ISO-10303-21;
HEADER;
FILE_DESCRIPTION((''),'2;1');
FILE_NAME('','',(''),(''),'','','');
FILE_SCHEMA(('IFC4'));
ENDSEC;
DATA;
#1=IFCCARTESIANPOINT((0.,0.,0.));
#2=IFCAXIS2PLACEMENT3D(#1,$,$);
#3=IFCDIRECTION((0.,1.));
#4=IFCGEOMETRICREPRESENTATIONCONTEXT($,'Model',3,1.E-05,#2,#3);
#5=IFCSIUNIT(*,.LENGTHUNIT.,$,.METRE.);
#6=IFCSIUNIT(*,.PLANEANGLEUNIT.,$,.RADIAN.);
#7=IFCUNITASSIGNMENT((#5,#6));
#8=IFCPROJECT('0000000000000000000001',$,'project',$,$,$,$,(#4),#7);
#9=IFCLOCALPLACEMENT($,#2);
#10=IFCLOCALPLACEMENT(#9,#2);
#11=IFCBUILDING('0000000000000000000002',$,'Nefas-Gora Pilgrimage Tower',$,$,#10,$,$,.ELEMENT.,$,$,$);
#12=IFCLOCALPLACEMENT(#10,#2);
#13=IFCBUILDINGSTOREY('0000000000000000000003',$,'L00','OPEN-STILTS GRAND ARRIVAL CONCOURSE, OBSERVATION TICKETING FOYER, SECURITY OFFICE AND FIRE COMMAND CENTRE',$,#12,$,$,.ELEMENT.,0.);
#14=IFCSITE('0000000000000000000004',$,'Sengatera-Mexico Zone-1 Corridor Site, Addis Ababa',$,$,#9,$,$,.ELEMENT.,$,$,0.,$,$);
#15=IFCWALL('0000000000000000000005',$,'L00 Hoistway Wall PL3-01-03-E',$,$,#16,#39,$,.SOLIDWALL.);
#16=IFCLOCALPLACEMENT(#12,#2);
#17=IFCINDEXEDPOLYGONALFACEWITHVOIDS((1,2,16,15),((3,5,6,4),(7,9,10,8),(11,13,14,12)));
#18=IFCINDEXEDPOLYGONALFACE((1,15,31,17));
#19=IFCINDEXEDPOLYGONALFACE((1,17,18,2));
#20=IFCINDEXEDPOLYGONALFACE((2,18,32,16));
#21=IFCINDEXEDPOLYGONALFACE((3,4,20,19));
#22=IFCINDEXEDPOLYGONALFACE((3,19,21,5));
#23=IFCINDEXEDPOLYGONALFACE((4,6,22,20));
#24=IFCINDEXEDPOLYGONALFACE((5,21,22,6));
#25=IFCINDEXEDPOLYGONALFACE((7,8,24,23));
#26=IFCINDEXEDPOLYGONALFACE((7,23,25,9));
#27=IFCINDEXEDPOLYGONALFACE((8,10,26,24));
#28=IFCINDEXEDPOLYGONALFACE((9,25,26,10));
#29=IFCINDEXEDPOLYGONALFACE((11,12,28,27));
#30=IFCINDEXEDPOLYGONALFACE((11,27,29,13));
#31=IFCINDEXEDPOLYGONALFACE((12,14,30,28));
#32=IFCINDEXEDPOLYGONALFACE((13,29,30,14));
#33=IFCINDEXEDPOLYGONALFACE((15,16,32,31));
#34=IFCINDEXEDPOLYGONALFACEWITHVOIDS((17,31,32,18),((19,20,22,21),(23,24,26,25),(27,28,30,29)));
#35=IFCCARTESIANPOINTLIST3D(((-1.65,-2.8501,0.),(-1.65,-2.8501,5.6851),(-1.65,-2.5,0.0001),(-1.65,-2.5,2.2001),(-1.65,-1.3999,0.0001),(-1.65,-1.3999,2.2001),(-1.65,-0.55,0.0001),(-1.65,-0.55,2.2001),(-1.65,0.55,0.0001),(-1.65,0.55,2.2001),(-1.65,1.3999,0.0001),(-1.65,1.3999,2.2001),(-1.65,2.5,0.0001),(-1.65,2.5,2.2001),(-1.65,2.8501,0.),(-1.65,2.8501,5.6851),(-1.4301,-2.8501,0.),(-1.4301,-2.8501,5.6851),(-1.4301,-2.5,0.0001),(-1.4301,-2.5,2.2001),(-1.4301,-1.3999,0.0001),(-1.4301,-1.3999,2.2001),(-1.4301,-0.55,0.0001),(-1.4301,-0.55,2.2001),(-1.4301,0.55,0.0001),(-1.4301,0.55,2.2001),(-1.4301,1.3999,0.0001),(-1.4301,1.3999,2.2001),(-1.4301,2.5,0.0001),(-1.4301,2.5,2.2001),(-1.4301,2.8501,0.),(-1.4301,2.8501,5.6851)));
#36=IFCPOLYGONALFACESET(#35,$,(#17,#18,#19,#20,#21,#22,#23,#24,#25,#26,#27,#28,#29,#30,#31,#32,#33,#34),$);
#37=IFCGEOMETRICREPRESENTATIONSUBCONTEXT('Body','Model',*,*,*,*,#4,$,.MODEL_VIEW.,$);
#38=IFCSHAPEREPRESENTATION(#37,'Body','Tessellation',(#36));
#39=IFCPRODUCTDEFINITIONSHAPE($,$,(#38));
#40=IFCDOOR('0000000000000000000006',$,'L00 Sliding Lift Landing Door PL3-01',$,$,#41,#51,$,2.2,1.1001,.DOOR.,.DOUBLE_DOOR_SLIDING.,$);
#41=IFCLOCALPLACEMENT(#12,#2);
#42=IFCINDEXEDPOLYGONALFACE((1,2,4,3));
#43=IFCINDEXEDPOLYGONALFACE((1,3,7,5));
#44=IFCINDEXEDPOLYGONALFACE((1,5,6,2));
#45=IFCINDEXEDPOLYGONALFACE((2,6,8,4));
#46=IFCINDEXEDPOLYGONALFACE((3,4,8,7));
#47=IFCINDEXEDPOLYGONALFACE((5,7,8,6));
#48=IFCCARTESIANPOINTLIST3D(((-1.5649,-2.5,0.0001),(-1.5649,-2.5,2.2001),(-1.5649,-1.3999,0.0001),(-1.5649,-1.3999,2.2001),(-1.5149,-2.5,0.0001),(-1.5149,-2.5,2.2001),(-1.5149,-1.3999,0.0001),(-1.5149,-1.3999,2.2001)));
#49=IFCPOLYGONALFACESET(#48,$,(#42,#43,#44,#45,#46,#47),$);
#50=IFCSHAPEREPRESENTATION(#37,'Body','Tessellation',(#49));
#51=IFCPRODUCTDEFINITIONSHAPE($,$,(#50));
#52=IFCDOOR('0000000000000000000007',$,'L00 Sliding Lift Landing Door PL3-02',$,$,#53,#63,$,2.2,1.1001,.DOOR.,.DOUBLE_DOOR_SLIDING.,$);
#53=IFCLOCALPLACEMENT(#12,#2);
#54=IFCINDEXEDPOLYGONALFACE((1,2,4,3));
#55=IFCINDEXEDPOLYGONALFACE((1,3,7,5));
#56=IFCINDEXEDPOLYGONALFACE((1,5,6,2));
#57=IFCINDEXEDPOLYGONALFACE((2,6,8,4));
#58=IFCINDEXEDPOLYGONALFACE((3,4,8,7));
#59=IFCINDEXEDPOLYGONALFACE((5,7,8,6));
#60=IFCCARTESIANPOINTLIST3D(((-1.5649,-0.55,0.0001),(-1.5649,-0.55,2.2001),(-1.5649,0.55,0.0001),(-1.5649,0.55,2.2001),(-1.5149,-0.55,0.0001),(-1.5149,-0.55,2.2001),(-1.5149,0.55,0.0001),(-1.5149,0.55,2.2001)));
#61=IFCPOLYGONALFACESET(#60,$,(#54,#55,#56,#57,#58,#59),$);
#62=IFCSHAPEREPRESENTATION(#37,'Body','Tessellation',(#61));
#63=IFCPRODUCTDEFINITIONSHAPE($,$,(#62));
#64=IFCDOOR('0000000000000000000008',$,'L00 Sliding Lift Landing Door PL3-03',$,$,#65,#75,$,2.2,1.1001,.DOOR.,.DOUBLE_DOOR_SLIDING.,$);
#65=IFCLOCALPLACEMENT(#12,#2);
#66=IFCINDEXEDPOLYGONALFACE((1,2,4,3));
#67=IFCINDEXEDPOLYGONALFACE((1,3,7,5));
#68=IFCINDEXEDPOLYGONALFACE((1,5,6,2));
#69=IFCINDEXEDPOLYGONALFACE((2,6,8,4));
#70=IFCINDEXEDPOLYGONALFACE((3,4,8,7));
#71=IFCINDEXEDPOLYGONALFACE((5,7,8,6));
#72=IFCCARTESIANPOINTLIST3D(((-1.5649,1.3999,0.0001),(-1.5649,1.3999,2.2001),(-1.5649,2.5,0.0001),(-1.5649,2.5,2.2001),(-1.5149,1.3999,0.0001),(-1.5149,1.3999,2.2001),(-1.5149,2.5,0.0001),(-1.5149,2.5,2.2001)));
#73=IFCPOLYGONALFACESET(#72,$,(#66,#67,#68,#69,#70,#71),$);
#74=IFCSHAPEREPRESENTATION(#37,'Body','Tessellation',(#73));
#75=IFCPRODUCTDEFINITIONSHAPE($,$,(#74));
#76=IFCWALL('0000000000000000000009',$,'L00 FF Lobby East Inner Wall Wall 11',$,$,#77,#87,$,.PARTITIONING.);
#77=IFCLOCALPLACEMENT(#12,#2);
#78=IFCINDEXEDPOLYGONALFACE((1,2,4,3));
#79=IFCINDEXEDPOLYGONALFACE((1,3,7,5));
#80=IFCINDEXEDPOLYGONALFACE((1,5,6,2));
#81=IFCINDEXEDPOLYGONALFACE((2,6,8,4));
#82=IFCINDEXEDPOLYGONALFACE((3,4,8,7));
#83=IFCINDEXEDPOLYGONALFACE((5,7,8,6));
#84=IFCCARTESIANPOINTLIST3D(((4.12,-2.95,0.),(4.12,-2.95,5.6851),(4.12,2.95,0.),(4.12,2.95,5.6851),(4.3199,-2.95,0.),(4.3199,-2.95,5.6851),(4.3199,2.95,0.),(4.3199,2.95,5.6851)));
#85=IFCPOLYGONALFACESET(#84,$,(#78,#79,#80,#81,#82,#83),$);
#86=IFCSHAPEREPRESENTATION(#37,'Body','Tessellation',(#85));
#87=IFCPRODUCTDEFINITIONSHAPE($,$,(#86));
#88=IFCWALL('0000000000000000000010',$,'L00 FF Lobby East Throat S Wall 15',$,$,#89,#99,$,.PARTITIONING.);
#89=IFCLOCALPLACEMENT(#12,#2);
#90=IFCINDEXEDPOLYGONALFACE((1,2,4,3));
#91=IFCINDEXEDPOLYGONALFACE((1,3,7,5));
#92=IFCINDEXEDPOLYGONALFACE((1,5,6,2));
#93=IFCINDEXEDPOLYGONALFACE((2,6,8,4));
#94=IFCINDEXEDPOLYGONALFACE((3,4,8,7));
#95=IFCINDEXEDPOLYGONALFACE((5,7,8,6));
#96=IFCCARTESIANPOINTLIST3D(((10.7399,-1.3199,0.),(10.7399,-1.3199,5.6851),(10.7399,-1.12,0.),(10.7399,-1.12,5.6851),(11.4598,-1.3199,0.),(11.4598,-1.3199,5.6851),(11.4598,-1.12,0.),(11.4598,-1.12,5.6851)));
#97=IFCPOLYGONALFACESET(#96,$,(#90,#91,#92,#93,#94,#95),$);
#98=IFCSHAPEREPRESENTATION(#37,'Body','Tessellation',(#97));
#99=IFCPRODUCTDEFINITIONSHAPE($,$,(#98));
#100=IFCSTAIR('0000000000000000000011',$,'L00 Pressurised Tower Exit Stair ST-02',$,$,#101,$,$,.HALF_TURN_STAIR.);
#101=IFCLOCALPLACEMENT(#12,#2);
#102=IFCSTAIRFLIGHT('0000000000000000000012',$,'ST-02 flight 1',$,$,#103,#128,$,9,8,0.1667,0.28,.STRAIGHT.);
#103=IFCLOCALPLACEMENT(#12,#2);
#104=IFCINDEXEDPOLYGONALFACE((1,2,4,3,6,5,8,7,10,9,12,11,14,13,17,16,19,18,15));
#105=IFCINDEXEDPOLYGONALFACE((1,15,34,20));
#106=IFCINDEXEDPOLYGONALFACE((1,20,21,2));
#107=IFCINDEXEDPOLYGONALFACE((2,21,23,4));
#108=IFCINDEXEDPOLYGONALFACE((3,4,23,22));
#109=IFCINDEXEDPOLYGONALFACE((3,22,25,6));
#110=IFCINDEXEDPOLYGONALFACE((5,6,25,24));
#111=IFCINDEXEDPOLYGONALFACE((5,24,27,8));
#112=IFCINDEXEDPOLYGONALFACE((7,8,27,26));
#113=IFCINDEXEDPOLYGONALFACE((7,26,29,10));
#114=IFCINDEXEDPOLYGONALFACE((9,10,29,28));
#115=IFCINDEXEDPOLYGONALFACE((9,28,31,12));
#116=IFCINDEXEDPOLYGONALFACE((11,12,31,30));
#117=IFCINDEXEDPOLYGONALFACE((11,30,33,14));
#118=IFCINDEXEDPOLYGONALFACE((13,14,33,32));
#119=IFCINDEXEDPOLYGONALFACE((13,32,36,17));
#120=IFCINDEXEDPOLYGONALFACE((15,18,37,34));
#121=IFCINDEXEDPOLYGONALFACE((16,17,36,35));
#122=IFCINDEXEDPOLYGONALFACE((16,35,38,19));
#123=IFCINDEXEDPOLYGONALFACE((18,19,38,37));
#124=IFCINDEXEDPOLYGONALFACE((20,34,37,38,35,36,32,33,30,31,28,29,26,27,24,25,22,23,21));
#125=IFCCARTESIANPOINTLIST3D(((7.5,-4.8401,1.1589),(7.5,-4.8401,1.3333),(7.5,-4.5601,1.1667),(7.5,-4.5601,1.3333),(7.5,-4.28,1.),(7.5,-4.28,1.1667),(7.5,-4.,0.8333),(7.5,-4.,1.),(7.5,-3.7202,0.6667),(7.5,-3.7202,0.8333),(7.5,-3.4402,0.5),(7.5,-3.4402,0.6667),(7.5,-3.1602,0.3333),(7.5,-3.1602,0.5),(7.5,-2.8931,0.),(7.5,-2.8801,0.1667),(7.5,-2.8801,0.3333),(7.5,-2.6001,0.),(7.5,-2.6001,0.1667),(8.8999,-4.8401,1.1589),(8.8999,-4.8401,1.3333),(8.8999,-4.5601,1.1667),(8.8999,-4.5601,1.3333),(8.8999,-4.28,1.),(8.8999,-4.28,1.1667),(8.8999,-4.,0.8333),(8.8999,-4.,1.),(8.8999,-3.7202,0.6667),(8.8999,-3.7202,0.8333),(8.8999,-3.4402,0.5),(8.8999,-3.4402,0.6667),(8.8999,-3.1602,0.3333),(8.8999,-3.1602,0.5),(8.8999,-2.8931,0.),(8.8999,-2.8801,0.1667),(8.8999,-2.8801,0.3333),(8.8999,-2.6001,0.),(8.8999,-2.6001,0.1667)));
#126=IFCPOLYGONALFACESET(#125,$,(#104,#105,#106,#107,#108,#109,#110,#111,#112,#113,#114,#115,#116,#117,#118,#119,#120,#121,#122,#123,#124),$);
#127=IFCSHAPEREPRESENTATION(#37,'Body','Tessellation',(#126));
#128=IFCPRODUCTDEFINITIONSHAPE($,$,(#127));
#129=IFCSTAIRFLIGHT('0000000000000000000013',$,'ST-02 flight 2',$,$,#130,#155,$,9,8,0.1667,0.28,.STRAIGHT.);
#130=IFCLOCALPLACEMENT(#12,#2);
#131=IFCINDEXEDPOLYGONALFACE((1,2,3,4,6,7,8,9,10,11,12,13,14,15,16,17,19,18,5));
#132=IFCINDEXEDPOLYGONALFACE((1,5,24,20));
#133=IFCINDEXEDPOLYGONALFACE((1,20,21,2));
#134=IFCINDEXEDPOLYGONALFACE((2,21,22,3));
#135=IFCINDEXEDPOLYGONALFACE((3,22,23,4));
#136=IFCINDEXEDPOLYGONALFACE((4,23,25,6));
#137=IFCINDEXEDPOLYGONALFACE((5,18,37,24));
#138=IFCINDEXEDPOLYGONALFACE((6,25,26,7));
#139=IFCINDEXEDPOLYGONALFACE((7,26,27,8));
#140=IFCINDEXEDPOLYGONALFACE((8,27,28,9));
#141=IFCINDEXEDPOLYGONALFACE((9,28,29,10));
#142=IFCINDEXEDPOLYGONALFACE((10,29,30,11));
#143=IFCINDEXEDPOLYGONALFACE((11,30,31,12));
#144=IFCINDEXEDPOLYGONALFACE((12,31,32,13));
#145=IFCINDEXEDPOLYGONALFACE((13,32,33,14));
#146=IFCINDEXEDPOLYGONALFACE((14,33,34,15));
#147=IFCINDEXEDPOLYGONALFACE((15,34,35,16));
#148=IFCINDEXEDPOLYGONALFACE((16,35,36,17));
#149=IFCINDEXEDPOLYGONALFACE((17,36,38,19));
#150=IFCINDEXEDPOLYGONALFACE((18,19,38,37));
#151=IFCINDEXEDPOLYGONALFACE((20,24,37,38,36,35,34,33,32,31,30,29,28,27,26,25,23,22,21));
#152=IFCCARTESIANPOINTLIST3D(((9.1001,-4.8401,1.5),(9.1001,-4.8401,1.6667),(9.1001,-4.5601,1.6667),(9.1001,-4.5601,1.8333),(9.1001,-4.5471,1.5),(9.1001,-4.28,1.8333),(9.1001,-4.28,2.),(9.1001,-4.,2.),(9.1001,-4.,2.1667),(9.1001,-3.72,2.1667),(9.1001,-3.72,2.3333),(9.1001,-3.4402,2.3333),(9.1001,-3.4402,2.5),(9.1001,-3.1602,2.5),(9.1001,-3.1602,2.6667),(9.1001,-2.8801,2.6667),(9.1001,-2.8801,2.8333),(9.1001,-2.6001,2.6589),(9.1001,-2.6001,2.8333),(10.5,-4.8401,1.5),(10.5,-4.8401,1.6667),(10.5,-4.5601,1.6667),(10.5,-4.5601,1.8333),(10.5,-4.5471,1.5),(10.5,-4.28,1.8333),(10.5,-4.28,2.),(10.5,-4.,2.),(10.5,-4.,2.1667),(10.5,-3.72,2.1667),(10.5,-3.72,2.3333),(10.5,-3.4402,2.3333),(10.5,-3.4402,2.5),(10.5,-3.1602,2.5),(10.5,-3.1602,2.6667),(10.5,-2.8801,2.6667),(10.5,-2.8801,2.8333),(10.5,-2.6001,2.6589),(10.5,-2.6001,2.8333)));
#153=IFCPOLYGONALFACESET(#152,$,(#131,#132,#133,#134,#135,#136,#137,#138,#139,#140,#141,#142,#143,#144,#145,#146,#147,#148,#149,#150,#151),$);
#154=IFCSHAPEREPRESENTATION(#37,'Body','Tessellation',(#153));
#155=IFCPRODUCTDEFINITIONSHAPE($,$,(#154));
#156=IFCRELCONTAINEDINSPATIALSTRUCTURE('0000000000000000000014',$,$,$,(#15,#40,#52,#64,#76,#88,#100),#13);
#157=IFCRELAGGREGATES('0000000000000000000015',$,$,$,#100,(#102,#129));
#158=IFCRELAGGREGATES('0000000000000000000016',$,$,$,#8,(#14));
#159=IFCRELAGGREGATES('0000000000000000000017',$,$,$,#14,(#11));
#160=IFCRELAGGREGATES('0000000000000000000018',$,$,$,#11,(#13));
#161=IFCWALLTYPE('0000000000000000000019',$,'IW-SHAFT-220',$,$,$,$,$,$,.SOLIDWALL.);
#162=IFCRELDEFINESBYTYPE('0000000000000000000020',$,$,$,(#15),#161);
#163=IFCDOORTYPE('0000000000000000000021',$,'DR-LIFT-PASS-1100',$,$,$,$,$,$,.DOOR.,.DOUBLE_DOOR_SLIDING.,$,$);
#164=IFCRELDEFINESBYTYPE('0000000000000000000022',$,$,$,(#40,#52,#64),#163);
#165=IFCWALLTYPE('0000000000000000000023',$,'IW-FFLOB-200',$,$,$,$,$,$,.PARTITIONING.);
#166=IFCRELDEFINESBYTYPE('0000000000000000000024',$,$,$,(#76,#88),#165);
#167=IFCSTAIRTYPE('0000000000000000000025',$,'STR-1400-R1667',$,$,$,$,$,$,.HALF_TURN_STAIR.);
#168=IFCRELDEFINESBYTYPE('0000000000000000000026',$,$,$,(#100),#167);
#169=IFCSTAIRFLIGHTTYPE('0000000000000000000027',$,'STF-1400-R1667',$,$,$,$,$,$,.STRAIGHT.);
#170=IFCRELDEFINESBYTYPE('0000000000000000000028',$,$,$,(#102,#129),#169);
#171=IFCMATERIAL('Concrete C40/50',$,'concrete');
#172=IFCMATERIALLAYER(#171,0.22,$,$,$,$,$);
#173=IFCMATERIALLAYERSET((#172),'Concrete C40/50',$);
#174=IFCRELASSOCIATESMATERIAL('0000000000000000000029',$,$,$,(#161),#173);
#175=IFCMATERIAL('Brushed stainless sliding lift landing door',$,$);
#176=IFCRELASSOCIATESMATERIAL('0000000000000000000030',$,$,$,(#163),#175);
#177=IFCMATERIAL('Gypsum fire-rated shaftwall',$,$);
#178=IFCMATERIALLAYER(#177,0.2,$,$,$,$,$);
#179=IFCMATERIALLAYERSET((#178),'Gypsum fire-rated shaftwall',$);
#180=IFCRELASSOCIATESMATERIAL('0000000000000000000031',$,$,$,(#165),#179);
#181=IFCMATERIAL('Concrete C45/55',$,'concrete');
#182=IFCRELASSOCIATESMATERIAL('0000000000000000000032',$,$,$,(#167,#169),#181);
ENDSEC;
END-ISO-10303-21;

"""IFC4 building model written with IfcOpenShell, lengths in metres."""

from ifc_helpers import new_model, si_unit, direction, frame, frame_2d, origin, place, context, subcontext, project, spatial, polyline, rectangle, outline, extrude, source, transform, mapped, material, layer, layer_set, type_object, element, fill, aggregate, save


model = new_model("IFC4")

# Units and contexts
model_context = context("Model", 3, precision=1e-05, world=origin(), true_north=direction((0.0, 1.0)))
body_context = subcontext(model_context, "Body", "Model", "MODEL_VIEW")
ifc_project = project(units=[si_unit("LENGTHUNIT", "METRE"), si_unit("PLANEANGLEUNIT", "RADIAN")], contexts=[model_context])

# Site, building, storey
site_placement = place(None, origin())
site = spatial("IfcSite", under=ifc_project, at=site_placement, Name="Sengatera-Mexico Zone-1 Corridor Site, Addis Ababa", CompositionType="ELEMENT", RefElevation=0.0)
building_placement = place(site_placement, origin())
building = spatial("IfcBuilding", under=site, at=building_placement, Name="Nefas-Gora Pilgrimage Tower", CompositionType="ELEMENT")
storey_placement = place(building_placement, origin())
storey = spatial("IfcBuildingStorey", under=building, at=storey_placement, Name="L00", Description="OPEN-STILTS GRAND ARRIVAL CONCOURSE, OBSERVATION TICKETING FOYER, SECURITY OFFICE AND FIRE COMMAND CENTRE", CompositionType="ELEMENT", Elevation=0.0)

# Shared definitions
ifc_material_1 = material(Name="Concrete C45/55", Category="concrete")

# Shared definitions
ifc_material_2 = material(Name="Concrete C40/50", Category="concrete")
ifc_layer_1 = layer(ifc_material_2, 0.22)
ifc_layer_set_1 = layer_set([ifc_layer_1], Name="Concrete C40/50")
wall_type_1 = type_object("IfcWallType", Name="IW-SHAFT-220", PredefinedType="SOLIDWALL", material=ifc_layer_set_1)

# Wall, openings, doors
shared_shape_1 = source(origin(), body_context, "Body", "SweptSolid", [
    extrude(rectangle(XDim=5.7002, YDim=0.22, at=frame_2d((2.8501, 0.0))), origin(), (0.0, 0.0, 1.0), 5.6851),
])
wall_1_placement = place(storey_placement, frame((-1.54, -2.8501, 0.0), z_axis=(0.0, 0.0, 1.0), x_axis=(0.0, 1.0, 0.0)))
wall_1 = element("IfcWall", 1, at=wall_1_placement, inside=storey, type_object=wall_type_1, Name="L00 Hoistway Wall PL3-01-03-E", PredefinedType="SOLIDWALL", context=body_context, shape_type="MappedRepresentation", body=[
    mapped(shared_shape_1, transform((0.0, 0.0, 0.0), x_axis=(1.0, 0.0, 0.0), y_axis=(0.0, 1.0, 0.0), z_axis=(0.0, 0.0, 1.0), scale=1.0)),
])
opening_1_placement = place(wall_1_placement, frame((0.3501, 0.0, 0.0)))
opening_1 = element("IfcOpeningElement", 2, at=opening_1_placement, cuts=wall_1, PredefinedType="OPENING", context=body_context, shape_type="SweptSolid", body=[
    extrude(rectangle(XDim=1.1001, YDim=2.2, at=frame_2d((0.55, 1.1001))), frame((0.0, 0.1199, 0.0), z_axis=(0.0, -1.0, 0.0), x_axis=(1.0, 0.0, 0.0)), (0.0, 0.0, 1.0), 0.24),
])
opening_2_placement = place(wall_1_placement, frame((2.3, 0.0, 0.0)))
opening_2 = element("IfcOpeningElement", 3, at=opening_2_placement, cuts=wall_1, PredefinedType="OPENING", context=body_context, shape_type="SweptSolid", body=[
    extrude(rectangle(XDim=1.1001, YDim=2.2, at=frame_2d((0.55, 1.1001))), frame((0.0, 0.1199, 0.0), z_axis=(0.0, -1.0, 0.0), x_axis=(1.0, 0.0, 0.0)), (0.0, 0.0, 1.0), 0.24),
])
opening_3_placement = place(wall_1_placement, frame((4.25, 0.0, 0.0)))
opening_3 = element("IfcOpeningElement", 4, at=opening_3_placement, cuts=wall_1, PredefinedType="OPENING", context=body_context, shape_type="SweptSolid", body=[
    extrude(rectangle(XDim=1.1001, YDim=2.2, at=frame_2d((0.55, 1.1001))), frame((0.0, 0.1199, 0.0), z_axis=(0.0, -1.0, 0.0), x_axis=(1.0, 0.0, 0.0)), (0.0, 0.0, 1.0), 0.24),
])
ifc_material_3 = material(Name="Brushed stainless sliding lift landing door")
door_type_1 = type_object("IfcDoorType", Name="DR-LIFT-PASS-1100", OperationType="DOUBLE_DOOR_SLIDING", PredefinedType="DOOR", material=ifc_material_3)
shared_shape_2 = source(origin(), body_context, "Body", "SweptSolid", [
    extrude(rectangle(XDim=1.1001, YDim=2.2, at=frame_2d((0.55, 1.1001))), frame((0.0, 0.0249, 0.0), z_axis=(0.0, -1.0, 0.0), x_axis=(1.0, 0.0, 0.0)), (0.0, 0.0, 1.0), 0.05),
])
door_1_placement = place(opening_1_placement, origin())
door_1 = element("IfcDoor", 5, at=door_1_placement, inside=storey, type_object=door_type_1, Name="L00 Sliding Lift Landing Door PL3-01", OperationType="DOUBLE_DOOR_SLIDING", OverallHeight=2.2, OverallWidth=1.1001, PredefinedType="DOOR", context=body_context, shape_type="MappedRepresentation", body=[
    mapped(shared_shape_2, transform((0.0, 0.0, 0.0), x_axis=(1.0, 0.0, 0.0), y_axis=(0.0, 1.0, 0.0), z_axis=(0.0, 0.0, 1.0), scale=1.0)),
])
fill(opening_1, door_1)
door_2_placement = place(opening_2_placement, origin())
door_2 = element("IfcDoor", 6, at=door_2_placement, inside=storey, type_object=door_type_1, Name="L00 Sliding Lift Landing Door PL3-02", OperationType="DOUBLE_DOOR_SLIDING", OverallHeight=2.2, OverallWidth=1.1001, PredefinedType="DOOR", context=body_context, shape_type="MappedRepresentation", body=[
    mapped(shared_shape_2, transform((0.0, 0.0, 0.0), x_axis=(1.0, 0.0, 0.0), y_axis=(0.0, 1.0, 0.0), z_axis=(0.0, 0.0, 1.0), scale=1.0)),
])
fill(opening_2, door_2)
door_3_placement = place(opening_3_placement, origin())
door_3 = element("IfcDoor", 7, at=door_3_placement, inside=storey, type_object=door_type_1, Name="L00 Sliding Lift Landing Door PL3-03", OperationType="DOUBLE_DOOR_SLIDING", OverallHeight=2.2, OverallWidth=1.1001, PredefinedType="DOOR", context=body_context, shape_type="MappedRepresentation", body=[
    mapped(shared_shape_2, transform((0.0, 0.0, 0.0), x_axis=(1.0, 0.0, 0.0), y_axis=(0.0, 1.0, 0.0), z_axis=(0.0, 0.0, 1.0), scale=1.0)),
])
fill(opening_3, door_3)

# Walls
ifc_material_4 = material(Name="Gypsum fire-rated shaftwall")
ifc_layer_2 = layer(ifc_material_4, 0.2)
ifc_layer_set_2 = layer_set([ifc_layer_2], Name="Gypsum fire-rated shaftwall")
wall_type_2 = type_object("IfcWallType", Name="IW-FFLOB-200", PredefinedType="PARTITIONING", material=ifc_layer_set_2)
shared_shape_3 = source(origin(), body_context, "Body", "SweptSolid", [
    extrude(rectangle(XDim=5.8999, YDim=0.2, at=frame_2d((2.95, 0.0))), origin(), (0.0, 0.0, 1.0), 5.6851),
])
wall_2_placement = place(storey_placement, frame((4.22, -2.95, 0.0), z_axis=(0.0, 0.0, 1.0), x_axis=(0.0, 1.0, 0.0)))
element("IfcWall", 8, at=wall_2_placement, inside=storey, type_object=wall_type_2, Name="L00 FF Lobby East Inner Wall Wall 11", PredefinedType="PARTITIONING", context=body_context, shape_type="MappedRepresentation", body=[
    mapped(shared_shape_3, transform((0.0, 0.0, 0.0), x_axis=(1.0, 0.0, 0.0), y_axis=(0.0, 1.0, 0.0), z_axis=(0.0, 0.0, 1.0), scale=1.0)),
])
shared_shape_4 = source(origin(), body_context, "Body", "SweptSolid", [
    extrude(rectangle(XDim=0.72, YDim=0.2, at=frame_2d((0.3599, 0.0))), origin(), (0.0, 0.0, 1.0), 5.6851),
])
wall_3_placement = place(storey_placement, frame((10.74, -1.22, 0.0), z_axis=(0.0, 0.0, 1.0), x_axis=(1.0, 0.0, 0.0)))
element("IfcWall", 9, at=wall_3_placement, inside=storey, type_object=wall_type_2, Name="L00 FF Lobby East Throat S Wall 15", PredefinedType="PARTITIONING", context=body_context, shape_type="MappedRepresentation", body=[
    mapped(shared_shape_4, transform((0.0, 0.0, 0.0), x_axis=(1.0, 0.0, 0.0), y_axis=(0.0, 1.0, 0.0), z_axis=(0.0, 0.0, 1.0), scale=1.0)),
])

# Stair, stair flights
stair_type = type_object("IfcStairType", Name="STR-1400-R1667", PredefinedType="HALF_TURN_STAIR", material=ifc_material_1)
stair_placement = place(storey_placement, origin())
stair = element("IfcStair", 10, at=stair_placement, inside=storey, type_object=stair_type, Name="L00 Pressurised Tower Exit Stair ST-02", PredefinedType="HALF_TURN_STAIR")
stair_flight_type = type_object("IfcStairFlightType", Name="STF-1400-R1667", PredefinedType="STRAIGHT", material=ifc_material_1)
shared_shape_5 = source(origin(), body_context, "Body", "SweptSolid", [
    extrude(outline(polyline([(0.0, 0.0), (0.0, 0.1667), (0.28, 0.1667), (0.28, 0.3333), (0.5601, 0.3333), (0.5601, 0.5), (0.8401, 0.5), (0.8401, 0.6667), (1.1201, 0.6667), (1.1201, 0.8333), (1.3999, 0.8333), (1.3999, 1.0), (1.6799, 1.0), (1.6799, 1.1667), (1.96, 1.1667), (1.96, 1.3333), (2.24, 1.3333), (2.24, 1.5), (2.24, 1.1589), (0.293, 0.0), (0.0, 0.0)])), frame((0.0, 0.7, 0.0), z_axis=(0.0, -1.0, 0.0), x_axis=(1.0, 0.0, 0.0)), (0.0, 0.0, 1.0), 1.3999),
])
stair_flight_1_placement = place(storey_placement, frame((8.2, -2.6001, 0.0), z_axis=(0.0, 0.0, 1.0), x_axis=(0.0, -1.0, 0.0)))
stair_flight_1 = element("IfcStairFlight", 11, at=stair_flight_1_placement, type_object=stair_flight_type, Name="ST-02 flight 1", NumberOfRisers=9, NumberOfTreads=8, PredefinedType="STRAIGHT", RiserHeight=0.1667, TreadLength=0.28, context=body_context, shape_type="MappedRepresentation", body=[
    mapped(shared_shape_5, transform((0.0, 0.0, 0.0), x_axis=(1.0, 0.0, 0.0), y_axis=(0.0, 1.0, 0.0), z_axis=(0.0, 0.0, 1.0), scale=1.0)),
])
stair_flight_2_placement = place(storey_placement, frame((9.8, -4.8401, 1.5), z_axis=(0.0, 0.0, 1.0), x_axis=(0.0, 1.0, 0.0)))
stair_flight_2 = element("IfcStairFlight", 12, at=stair_flight_2_placement, type_object=stair_flight_type, Name="ST-02 flight 2", NumberOfRisers=9, NumberOfTreads=8, PredefinedType="STRAIGHT", RiserHeight=0.1667, TreadLength=0.28, context=body_context, shape_type="MappedRepresentation", body=[
    mapped(shared_shape_5, transform((0.0, 0.0, 0.0), x_axis=(1.0, 0.0, 0.0), y_axis=(0.0, 1.0, 0.0), z_axis=(0.0, 0.0, 1.0), scale=1.0)),
])
aggregate(stair, [stair_flight_1, stair_flight_2])

save(model, "model.ifc")
